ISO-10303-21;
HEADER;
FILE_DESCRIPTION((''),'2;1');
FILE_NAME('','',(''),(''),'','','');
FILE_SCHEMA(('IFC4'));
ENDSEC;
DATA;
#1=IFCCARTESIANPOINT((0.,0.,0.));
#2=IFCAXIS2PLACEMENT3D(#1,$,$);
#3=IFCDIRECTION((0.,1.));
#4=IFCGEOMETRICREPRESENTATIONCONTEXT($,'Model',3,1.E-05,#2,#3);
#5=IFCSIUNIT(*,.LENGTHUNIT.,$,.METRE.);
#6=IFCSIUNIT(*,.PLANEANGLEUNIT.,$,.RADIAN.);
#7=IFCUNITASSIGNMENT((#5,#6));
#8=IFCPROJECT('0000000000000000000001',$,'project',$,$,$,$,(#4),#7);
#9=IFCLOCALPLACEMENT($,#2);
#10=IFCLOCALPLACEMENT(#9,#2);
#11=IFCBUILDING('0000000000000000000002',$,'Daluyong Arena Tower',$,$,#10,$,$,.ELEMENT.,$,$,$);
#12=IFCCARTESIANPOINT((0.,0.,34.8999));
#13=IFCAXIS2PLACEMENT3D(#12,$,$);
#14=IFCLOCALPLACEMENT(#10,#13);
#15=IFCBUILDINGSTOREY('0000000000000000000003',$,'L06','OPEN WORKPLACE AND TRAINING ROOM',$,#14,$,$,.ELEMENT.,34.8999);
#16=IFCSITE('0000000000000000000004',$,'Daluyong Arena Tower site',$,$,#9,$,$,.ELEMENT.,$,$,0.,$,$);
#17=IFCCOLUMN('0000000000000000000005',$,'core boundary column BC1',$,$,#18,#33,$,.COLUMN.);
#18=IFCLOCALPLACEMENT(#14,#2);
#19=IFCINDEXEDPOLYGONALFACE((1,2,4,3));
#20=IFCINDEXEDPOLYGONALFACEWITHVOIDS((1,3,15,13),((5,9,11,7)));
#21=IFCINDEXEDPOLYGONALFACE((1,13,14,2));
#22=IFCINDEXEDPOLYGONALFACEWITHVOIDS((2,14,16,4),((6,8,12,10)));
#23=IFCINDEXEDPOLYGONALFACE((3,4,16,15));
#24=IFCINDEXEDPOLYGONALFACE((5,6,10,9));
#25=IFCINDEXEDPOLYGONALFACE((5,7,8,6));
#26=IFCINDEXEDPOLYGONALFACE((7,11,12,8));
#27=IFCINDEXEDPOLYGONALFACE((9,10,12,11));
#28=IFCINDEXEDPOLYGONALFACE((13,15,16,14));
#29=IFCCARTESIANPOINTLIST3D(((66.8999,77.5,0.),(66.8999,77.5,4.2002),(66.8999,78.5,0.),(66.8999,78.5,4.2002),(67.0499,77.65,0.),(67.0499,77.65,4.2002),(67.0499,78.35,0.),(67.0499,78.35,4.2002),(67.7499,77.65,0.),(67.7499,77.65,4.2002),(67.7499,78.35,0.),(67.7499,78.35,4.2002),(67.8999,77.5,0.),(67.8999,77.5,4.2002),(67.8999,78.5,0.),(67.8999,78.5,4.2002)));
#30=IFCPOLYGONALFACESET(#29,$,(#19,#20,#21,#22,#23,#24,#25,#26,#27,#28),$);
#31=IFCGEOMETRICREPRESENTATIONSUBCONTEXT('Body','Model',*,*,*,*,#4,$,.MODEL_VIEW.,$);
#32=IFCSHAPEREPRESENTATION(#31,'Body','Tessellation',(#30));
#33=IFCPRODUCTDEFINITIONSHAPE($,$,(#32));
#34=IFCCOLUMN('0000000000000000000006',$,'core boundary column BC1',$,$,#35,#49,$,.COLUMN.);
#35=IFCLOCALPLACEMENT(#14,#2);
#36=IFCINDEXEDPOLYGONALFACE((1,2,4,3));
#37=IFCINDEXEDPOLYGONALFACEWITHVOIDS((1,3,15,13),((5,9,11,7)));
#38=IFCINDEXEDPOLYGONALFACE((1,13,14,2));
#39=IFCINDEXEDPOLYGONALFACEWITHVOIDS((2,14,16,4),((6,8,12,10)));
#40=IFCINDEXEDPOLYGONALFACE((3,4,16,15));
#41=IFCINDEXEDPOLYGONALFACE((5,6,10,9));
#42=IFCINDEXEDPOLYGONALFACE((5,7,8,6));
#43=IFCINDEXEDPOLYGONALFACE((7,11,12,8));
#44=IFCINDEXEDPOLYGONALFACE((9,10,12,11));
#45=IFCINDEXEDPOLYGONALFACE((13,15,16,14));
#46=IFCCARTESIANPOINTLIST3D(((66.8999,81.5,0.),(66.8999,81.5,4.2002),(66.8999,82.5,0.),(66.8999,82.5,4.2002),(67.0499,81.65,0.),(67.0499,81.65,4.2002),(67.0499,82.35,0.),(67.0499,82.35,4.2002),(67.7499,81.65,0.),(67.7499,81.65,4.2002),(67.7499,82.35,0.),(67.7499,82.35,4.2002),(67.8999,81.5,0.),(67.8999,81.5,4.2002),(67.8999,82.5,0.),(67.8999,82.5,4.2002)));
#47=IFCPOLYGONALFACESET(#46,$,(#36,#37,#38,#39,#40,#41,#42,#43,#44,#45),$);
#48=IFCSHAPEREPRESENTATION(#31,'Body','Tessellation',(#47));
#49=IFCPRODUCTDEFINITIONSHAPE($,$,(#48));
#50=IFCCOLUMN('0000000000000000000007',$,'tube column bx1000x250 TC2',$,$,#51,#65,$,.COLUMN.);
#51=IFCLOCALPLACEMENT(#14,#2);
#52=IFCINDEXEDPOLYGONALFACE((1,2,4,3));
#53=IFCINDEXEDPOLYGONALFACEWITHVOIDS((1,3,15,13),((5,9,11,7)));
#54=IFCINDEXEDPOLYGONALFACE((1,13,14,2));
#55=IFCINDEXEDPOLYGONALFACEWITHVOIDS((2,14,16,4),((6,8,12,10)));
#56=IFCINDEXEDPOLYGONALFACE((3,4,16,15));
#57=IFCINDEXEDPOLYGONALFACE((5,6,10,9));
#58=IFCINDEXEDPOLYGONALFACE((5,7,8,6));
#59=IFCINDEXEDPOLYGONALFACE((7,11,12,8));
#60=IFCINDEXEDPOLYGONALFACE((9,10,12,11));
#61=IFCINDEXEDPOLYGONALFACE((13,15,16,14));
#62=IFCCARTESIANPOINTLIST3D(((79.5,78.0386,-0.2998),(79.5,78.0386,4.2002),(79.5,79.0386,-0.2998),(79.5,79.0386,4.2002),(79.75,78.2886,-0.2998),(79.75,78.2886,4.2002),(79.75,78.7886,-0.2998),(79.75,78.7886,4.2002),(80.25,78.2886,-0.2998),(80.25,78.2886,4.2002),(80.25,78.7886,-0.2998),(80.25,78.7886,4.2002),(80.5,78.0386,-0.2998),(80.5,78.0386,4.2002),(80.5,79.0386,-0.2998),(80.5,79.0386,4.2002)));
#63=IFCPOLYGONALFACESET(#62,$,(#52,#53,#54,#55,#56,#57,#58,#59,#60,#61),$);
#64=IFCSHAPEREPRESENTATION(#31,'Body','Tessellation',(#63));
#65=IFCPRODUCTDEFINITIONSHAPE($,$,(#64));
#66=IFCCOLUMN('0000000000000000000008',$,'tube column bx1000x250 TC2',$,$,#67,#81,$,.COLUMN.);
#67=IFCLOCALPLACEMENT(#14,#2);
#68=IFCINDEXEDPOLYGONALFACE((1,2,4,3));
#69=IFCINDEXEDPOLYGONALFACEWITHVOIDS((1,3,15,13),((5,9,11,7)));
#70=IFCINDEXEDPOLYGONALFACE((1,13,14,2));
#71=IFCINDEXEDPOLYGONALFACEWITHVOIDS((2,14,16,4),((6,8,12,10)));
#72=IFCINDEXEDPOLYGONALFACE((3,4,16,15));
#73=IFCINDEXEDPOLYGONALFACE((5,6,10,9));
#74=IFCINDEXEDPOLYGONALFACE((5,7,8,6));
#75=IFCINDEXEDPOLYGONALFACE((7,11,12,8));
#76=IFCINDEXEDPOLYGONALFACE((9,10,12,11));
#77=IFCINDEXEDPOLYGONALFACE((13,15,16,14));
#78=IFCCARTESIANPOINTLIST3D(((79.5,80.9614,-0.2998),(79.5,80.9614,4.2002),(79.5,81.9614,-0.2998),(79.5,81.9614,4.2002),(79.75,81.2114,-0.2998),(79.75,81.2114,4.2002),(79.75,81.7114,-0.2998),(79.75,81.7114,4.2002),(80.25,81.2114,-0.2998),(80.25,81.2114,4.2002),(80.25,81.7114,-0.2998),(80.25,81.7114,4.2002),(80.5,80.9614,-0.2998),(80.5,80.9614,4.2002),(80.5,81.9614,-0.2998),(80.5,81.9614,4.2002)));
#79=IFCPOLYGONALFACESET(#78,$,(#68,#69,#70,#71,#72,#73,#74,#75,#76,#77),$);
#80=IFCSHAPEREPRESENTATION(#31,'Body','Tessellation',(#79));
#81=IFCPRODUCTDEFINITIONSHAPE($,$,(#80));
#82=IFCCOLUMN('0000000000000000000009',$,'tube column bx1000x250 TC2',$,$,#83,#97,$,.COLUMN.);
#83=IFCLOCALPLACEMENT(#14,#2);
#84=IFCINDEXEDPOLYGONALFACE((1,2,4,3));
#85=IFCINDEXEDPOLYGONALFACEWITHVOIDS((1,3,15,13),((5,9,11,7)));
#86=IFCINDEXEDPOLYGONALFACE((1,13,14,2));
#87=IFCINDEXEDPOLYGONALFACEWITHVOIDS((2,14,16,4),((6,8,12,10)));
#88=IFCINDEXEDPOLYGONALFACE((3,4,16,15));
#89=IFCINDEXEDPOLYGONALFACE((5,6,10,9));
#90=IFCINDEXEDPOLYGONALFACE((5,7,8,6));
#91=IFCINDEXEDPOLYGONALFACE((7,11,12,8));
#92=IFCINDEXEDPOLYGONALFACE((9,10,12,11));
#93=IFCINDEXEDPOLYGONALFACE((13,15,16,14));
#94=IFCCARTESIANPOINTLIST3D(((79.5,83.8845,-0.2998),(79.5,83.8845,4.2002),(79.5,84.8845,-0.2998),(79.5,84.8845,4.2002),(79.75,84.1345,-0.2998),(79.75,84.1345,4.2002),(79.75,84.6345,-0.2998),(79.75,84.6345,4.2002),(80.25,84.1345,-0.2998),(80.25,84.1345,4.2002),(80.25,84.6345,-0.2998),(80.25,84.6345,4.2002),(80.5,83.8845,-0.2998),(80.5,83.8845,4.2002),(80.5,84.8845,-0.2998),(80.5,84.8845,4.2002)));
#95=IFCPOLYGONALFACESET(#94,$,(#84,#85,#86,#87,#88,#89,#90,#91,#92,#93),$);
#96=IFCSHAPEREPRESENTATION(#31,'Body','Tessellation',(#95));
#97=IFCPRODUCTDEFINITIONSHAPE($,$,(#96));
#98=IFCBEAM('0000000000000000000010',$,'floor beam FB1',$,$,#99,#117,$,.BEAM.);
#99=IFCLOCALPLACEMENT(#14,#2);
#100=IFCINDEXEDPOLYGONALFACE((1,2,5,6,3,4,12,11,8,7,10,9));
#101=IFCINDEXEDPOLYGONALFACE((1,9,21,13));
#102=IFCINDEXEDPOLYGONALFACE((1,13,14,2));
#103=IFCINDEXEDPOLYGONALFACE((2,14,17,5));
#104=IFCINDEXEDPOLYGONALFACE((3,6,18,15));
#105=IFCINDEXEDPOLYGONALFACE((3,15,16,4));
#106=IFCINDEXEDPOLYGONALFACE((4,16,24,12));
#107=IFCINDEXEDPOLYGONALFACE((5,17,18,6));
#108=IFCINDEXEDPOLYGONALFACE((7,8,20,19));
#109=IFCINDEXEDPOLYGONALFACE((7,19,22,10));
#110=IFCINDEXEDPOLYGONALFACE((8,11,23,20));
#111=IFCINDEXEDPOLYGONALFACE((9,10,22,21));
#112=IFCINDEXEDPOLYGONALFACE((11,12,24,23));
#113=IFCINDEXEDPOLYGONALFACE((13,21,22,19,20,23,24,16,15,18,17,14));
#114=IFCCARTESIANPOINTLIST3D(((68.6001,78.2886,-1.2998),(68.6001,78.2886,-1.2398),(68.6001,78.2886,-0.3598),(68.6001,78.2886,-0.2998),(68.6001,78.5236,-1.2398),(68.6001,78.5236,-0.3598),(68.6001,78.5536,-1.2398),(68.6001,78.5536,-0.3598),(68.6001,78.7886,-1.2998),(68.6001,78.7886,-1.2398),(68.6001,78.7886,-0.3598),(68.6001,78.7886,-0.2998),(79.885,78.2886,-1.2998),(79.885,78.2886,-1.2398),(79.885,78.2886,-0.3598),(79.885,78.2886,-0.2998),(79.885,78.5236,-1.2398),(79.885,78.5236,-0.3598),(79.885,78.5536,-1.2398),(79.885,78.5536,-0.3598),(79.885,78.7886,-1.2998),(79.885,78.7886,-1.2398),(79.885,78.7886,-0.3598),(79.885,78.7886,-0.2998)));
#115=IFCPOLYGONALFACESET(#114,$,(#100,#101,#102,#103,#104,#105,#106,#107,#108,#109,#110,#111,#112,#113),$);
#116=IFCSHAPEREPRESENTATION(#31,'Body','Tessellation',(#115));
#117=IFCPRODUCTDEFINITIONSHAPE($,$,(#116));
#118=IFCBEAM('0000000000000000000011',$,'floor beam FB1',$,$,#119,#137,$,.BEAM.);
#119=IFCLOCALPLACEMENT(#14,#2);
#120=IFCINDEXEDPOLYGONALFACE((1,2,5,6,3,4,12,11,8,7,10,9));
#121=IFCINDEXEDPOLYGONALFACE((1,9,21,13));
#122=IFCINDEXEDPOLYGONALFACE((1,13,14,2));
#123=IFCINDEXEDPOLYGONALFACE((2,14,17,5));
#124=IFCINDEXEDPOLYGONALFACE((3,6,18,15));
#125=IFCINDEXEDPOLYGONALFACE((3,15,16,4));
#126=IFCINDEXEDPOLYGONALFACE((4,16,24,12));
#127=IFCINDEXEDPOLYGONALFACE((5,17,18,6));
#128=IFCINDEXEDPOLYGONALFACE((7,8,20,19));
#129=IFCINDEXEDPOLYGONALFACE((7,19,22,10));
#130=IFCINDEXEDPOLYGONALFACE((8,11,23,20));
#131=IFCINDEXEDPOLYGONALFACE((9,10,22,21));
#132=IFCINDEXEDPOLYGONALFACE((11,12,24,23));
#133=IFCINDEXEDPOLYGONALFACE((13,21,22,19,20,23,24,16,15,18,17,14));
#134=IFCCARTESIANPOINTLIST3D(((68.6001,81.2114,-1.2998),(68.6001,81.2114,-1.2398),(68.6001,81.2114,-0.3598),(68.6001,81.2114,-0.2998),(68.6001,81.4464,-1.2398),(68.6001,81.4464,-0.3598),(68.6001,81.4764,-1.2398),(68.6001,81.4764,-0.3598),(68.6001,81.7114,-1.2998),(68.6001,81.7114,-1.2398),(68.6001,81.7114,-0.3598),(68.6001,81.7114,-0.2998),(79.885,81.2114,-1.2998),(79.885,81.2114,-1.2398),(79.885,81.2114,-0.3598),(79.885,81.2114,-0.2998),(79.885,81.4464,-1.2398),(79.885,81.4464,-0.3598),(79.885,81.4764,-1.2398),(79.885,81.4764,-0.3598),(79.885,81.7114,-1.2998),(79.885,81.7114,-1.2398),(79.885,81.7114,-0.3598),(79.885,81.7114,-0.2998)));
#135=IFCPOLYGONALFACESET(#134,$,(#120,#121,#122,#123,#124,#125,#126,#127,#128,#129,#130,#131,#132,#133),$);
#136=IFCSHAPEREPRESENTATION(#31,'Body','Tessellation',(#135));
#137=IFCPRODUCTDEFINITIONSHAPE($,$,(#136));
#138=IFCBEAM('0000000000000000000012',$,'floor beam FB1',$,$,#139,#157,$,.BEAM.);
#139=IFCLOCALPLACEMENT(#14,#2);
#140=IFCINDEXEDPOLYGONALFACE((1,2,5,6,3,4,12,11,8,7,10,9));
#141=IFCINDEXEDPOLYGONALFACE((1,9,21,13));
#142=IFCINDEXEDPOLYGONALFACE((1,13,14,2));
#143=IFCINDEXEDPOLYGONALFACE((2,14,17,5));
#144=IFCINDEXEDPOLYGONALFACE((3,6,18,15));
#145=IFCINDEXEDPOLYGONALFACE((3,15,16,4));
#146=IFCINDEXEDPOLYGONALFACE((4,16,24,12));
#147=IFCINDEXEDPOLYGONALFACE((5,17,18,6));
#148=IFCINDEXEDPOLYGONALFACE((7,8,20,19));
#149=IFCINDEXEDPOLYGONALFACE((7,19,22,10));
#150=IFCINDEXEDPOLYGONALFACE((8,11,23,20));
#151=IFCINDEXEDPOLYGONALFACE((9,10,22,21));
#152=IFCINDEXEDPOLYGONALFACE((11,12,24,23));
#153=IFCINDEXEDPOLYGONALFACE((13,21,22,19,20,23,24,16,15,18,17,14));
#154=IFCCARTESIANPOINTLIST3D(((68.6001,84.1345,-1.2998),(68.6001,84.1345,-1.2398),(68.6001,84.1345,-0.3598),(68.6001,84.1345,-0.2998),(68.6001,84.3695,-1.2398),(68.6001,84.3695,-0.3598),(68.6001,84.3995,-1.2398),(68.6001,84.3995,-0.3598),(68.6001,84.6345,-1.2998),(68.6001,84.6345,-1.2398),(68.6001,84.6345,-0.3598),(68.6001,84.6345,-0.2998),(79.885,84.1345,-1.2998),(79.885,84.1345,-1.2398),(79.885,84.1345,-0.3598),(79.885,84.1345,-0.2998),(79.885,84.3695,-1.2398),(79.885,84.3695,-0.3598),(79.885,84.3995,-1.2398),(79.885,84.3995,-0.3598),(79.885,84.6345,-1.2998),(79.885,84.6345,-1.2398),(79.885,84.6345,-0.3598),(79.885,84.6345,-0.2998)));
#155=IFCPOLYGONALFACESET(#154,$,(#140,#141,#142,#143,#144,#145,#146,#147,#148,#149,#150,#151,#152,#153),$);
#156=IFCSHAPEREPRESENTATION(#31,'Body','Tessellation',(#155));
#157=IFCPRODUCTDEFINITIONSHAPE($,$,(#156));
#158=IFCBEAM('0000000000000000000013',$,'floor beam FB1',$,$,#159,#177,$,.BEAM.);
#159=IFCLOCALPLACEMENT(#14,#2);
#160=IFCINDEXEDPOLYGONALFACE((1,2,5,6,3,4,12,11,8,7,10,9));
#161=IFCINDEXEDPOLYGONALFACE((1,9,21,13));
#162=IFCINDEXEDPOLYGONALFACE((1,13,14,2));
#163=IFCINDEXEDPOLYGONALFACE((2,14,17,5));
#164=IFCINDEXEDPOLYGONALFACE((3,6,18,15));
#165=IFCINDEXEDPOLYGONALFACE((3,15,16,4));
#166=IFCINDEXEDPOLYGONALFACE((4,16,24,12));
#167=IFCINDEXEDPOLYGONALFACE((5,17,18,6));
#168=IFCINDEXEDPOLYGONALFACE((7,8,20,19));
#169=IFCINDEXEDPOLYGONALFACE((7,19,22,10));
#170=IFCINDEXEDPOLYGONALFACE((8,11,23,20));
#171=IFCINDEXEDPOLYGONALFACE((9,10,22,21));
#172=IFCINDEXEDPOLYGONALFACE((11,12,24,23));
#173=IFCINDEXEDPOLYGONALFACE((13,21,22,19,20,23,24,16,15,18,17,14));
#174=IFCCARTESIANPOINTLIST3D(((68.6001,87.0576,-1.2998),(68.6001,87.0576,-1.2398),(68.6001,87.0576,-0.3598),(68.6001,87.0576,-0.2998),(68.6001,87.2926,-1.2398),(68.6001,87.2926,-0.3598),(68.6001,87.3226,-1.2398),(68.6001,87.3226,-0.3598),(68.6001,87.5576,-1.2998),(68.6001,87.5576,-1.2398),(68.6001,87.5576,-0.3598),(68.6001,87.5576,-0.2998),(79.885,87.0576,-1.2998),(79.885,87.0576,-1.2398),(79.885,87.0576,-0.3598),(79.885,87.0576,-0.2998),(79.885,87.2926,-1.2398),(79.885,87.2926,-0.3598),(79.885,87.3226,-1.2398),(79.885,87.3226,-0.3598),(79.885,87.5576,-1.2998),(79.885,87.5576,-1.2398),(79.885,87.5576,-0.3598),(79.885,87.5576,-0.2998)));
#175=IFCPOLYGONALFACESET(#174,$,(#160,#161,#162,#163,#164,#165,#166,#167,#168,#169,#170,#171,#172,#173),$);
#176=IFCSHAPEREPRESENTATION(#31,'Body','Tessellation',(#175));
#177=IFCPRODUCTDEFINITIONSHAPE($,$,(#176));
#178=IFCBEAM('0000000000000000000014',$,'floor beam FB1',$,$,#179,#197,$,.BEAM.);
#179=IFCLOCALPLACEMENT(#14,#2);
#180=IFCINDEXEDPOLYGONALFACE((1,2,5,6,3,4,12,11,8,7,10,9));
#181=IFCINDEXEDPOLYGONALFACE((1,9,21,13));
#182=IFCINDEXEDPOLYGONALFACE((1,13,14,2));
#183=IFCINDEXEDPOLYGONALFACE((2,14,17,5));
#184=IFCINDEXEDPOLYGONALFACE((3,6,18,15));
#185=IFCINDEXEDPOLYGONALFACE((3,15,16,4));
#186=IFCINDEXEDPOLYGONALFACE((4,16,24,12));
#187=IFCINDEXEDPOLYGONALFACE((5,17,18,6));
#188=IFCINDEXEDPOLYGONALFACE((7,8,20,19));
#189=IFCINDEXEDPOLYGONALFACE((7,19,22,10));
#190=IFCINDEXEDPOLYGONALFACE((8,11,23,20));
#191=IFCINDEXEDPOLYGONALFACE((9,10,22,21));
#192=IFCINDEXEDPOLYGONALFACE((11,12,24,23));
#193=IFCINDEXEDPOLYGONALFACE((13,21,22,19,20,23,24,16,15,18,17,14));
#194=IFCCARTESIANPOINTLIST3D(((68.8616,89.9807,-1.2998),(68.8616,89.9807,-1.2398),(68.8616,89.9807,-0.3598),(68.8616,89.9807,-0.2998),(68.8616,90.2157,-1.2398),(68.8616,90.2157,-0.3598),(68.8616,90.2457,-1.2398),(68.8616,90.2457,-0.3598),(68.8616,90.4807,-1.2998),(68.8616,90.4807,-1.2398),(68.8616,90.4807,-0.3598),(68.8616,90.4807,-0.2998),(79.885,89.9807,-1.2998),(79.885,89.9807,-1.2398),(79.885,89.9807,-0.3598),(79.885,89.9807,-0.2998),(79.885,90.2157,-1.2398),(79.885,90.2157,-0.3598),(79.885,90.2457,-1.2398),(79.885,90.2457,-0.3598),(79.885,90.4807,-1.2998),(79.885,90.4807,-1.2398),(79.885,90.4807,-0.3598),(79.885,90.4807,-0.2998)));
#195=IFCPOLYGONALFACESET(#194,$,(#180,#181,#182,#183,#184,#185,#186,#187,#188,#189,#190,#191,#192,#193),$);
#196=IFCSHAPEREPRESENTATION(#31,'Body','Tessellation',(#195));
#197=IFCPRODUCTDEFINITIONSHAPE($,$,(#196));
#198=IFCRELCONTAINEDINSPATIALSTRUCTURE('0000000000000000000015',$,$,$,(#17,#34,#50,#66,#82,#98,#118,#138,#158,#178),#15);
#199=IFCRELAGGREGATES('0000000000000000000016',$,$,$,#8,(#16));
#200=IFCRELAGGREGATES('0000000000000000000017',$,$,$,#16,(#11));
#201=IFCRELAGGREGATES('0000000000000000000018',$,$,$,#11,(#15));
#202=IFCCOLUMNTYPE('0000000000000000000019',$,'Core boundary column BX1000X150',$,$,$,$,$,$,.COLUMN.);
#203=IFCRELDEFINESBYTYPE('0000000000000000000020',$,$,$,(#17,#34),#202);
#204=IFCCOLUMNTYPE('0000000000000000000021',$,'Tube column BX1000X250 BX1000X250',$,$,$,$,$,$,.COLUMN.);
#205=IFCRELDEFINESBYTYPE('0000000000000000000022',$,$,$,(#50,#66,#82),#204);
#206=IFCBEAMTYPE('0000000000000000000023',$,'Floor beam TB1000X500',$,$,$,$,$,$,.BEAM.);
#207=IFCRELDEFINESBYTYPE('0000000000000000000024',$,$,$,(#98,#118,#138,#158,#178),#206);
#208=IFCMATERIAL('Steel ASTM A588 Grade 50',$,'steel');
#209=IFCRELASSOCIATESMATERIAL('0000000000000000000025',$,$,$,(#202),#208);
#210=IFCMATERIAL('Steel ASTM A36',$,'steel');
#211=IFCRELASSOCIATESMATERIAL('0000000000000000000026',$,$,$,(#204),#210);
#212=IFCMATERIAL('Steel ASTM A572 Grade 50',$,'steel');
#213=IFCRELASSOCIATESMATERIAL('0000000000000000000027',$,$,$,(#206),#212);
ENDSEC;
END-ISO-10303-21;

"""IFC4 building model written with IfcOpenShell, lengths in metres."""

from ifc_helpers import new_model, si_unit, direction, frame, origin, origin_2d, place, context, subcontext, project, spatial, hollow_rectangle, i_section, extrude, material, material_profile, profile_set, type_object, element, save


model = new_model("IFC4")

# Units and contexts
model_context = context("Model", 3, precision=1e-05, world=origin(), true_north=direction((0.0, 1.0)))
body_context = subcontext(model_context, "Body", "Model", "MODEL_VIEW")
ifc_project = project(units=[si_unit("LENGTHUNIT", "METRE"), si_unit("PLANEANGLEUNIT", "RADIAN")], contexts=[model_context])

# Site, building, storey
site_placement = place(None, origin())
site = spatial("IfcSite", under=ifc_project, at=site_placement, Name="Daluyong Arena Tower site", CompositionType="ELEMENT", RefElevation=0.0)
building_placement = place(site_placement, origin())
building = spatial("IfcBuilding", under=site, at=building_placement, Name="Daluyong Arena Tower", CompositionType="ELEMENT")
storey_placement = place(building_placement, frame((0.0, 0.0, 34.8999)))
storey = spatial("IfcBuildingStorey", under=building, at=storey_placement, Name="L06", Description="OPEN WORKPLACE AND TRAINING ROOM", CompositionType="ELEMENT", Elevation=34.8999)

# Columns
ifc_material_1 = material(Name="Steel ASTM A588 Grade 50", Category="steel")
ifc_material_profile_1 = material_profile(ifc_material_1, hollow_rectangle(XDim=1.0, YDim=1.0, WallThickness=0.15, at=origin_2d()))
ifc_profile_set_1 = profile_set([ifc_material_profile_1], Name="Steel ASTM A588 Grade 50")
column_type_1 = type_object("IfcColumnType", Name="Core boundary column BX1000X150", PredefinedType="COLUMN", material=ifc_profile_set_1)
for number, where, z_axis, x_axis, name in (
    (1, (67.3999, 78.0, 0.0), (0.0, 0.0, 1.0), (1.0, 0.0, 0.0), "core boundary column BC1"),
    (2, (67.3999, 82.0, 0.0), (0.0, 0.0, 1.0), (1.0, 0.0, 0.0), "core boundary column BC1"),
):
    element("IfcColumn", number, at=place(storey_placement, frame(where, z_axis=z_axis, x_axis=x_axis)), inside=storey, type_object=column_type_1, Name=name, PredefinedType="COLUMN", context=body_context, shape_type="SweptSolid", body=[
        extrude(hollow_rectangle(XDim=1.0, YDim=1.0, WallThickness=0.15, at=origin_2d()), origin(), (0.0, 0.0, 1.0), 4.2002),
    ])
ifc_material_2 = material(Name="Steel ASTM A36", Category="steel")
ifc_material_profile_2 = material_profile(ifc_material_2, hollow_rectangle(XDim=1.0, YDim=1.0, WallThickness=0.25, at=origin_2d()))
ifc_profile_set_2 = profile_set([ifc_material_profile_2], Name="Steel ASTM A36")
column_type_2 = type_object("IfcColumnType", Name="Tube column BX1000X250 BX1000X250", PredefinedType="COLUMN", material=ifc_profile_set_2)
for number, where, z_axis, x_axis, name in (
    (3, (80.0, 78.5386, -0.2998), (0.0, 0.0, 1.0), (0.0, 1.0, 0.0), "tube column bx1000x250 TC2"),
    (4, (80.0, 81.4614, -0.2998), (0.0, 0.0, 1.0), (0.0, 1.0, 0.0), "tube column bx1000x250 TC2"),
    (5, (80.0, 84.3845, -0.2998), (0.0, 0.0, 1.0), (0.0, 1.0, 0.0), "tube column bx1000x250 TC2"),
):
    element("IfcColumn", number, at=place(storey_placement, frame(where, z_axis=z_axis, x_axis=x_axis)), inside=storey, type_object=column_type_2, Name=name, PredefinedType="COLUMN", context=body_context, shape_type="SweptSolid", body=[
        extrude(hollow_rectangle(XDim=1.0, YDim=1.0, WallThickness=0.25, at=origin_2d()), origin(), (0.0, 0.0, 1.0), 4.5),
    ])

# Beams
ifc_material_3 = material(Name="Steel ASTM A572 Grade 50", Category="steel")
ifc_material_profile_3 = material_profile(ifc_material_3, i_section(OverallWidth=0.5, OverallDepth=1.0, WebThickness=0.03, FlangeThickness=0.06, at=origin_2d()))
ifc_profile_set_3 = profile_set([ifc_material_profile_3], Name="Steel ASTM A572 Grade 50")
beam_type_1 = type_object("IfcBeamType", Name="Floor beam TB1000X500", PredefinedType="BEAM", material=ifc_profile_set_3)
for number, where, z_axis, x_axis, name in (
    (6, (79.885, 78.5386, -0.7998), (-1.0, 0.0, 0.0), (0.0, -1.0, 0.0), "floor beam FB1"),
    (7, (79.885, 81.4614, -0.7998), (-1.0, 0.0, 0.0), (0.0, -1.0, 0.0), "floor beam FB1"),
    (8, (79.885, 84.3845, -0.7998), (-1.0, 0.0, 0.0), (0.0, -1.0, 0.0), "floor beam FB1"),
    (9, (79.885, 87.3076, -0.7998), (-1.0, 0.0, 0.0), (0.0, -1.0, 0.0), "floor beam FB1"),
):
    element("IfcBeam", number, at=place(storey_placement, frame(where, z_axis=z_axis, x_axis=x_axis)), inside=storey, type_object=beam_type_1, Name=name, PredefinedType="BEAM", context=body_context, shape_type="SweptSolid", body=[
        extrude(i_section(OverallWidth=0.5, OverallDepth=1.0, WebThickness=0.03, FlangeThickness=0.06, at=origin_2d()), origin(), (0.0, 0.0, 1.0), 11.2849),
    ])
beam_1_placement = place(storey_placement, frame((79.885, 90.2307, -0.7998), z_axis=(-1.0, 0.0, 0.0), x_axis=(0.0, -1.0, 0.0)))
element("IfcBeam", 10, at=beam_1_placement, inside=storey, type_object=beam_type_1, Name="floor beam FB1", PredefinedType="BEAM", context=body_context, shape_type="SweptSolid", body=[
    extrude(i_section(OverallWidth=0.5, OverallDepth=1.0, WebThickness=0.03, FlangeThickness=0.06, at=origin_2d()), origin(), (0.0, 0.0, 1.0), 11.0234),
])

save(model, "model.ifc")
